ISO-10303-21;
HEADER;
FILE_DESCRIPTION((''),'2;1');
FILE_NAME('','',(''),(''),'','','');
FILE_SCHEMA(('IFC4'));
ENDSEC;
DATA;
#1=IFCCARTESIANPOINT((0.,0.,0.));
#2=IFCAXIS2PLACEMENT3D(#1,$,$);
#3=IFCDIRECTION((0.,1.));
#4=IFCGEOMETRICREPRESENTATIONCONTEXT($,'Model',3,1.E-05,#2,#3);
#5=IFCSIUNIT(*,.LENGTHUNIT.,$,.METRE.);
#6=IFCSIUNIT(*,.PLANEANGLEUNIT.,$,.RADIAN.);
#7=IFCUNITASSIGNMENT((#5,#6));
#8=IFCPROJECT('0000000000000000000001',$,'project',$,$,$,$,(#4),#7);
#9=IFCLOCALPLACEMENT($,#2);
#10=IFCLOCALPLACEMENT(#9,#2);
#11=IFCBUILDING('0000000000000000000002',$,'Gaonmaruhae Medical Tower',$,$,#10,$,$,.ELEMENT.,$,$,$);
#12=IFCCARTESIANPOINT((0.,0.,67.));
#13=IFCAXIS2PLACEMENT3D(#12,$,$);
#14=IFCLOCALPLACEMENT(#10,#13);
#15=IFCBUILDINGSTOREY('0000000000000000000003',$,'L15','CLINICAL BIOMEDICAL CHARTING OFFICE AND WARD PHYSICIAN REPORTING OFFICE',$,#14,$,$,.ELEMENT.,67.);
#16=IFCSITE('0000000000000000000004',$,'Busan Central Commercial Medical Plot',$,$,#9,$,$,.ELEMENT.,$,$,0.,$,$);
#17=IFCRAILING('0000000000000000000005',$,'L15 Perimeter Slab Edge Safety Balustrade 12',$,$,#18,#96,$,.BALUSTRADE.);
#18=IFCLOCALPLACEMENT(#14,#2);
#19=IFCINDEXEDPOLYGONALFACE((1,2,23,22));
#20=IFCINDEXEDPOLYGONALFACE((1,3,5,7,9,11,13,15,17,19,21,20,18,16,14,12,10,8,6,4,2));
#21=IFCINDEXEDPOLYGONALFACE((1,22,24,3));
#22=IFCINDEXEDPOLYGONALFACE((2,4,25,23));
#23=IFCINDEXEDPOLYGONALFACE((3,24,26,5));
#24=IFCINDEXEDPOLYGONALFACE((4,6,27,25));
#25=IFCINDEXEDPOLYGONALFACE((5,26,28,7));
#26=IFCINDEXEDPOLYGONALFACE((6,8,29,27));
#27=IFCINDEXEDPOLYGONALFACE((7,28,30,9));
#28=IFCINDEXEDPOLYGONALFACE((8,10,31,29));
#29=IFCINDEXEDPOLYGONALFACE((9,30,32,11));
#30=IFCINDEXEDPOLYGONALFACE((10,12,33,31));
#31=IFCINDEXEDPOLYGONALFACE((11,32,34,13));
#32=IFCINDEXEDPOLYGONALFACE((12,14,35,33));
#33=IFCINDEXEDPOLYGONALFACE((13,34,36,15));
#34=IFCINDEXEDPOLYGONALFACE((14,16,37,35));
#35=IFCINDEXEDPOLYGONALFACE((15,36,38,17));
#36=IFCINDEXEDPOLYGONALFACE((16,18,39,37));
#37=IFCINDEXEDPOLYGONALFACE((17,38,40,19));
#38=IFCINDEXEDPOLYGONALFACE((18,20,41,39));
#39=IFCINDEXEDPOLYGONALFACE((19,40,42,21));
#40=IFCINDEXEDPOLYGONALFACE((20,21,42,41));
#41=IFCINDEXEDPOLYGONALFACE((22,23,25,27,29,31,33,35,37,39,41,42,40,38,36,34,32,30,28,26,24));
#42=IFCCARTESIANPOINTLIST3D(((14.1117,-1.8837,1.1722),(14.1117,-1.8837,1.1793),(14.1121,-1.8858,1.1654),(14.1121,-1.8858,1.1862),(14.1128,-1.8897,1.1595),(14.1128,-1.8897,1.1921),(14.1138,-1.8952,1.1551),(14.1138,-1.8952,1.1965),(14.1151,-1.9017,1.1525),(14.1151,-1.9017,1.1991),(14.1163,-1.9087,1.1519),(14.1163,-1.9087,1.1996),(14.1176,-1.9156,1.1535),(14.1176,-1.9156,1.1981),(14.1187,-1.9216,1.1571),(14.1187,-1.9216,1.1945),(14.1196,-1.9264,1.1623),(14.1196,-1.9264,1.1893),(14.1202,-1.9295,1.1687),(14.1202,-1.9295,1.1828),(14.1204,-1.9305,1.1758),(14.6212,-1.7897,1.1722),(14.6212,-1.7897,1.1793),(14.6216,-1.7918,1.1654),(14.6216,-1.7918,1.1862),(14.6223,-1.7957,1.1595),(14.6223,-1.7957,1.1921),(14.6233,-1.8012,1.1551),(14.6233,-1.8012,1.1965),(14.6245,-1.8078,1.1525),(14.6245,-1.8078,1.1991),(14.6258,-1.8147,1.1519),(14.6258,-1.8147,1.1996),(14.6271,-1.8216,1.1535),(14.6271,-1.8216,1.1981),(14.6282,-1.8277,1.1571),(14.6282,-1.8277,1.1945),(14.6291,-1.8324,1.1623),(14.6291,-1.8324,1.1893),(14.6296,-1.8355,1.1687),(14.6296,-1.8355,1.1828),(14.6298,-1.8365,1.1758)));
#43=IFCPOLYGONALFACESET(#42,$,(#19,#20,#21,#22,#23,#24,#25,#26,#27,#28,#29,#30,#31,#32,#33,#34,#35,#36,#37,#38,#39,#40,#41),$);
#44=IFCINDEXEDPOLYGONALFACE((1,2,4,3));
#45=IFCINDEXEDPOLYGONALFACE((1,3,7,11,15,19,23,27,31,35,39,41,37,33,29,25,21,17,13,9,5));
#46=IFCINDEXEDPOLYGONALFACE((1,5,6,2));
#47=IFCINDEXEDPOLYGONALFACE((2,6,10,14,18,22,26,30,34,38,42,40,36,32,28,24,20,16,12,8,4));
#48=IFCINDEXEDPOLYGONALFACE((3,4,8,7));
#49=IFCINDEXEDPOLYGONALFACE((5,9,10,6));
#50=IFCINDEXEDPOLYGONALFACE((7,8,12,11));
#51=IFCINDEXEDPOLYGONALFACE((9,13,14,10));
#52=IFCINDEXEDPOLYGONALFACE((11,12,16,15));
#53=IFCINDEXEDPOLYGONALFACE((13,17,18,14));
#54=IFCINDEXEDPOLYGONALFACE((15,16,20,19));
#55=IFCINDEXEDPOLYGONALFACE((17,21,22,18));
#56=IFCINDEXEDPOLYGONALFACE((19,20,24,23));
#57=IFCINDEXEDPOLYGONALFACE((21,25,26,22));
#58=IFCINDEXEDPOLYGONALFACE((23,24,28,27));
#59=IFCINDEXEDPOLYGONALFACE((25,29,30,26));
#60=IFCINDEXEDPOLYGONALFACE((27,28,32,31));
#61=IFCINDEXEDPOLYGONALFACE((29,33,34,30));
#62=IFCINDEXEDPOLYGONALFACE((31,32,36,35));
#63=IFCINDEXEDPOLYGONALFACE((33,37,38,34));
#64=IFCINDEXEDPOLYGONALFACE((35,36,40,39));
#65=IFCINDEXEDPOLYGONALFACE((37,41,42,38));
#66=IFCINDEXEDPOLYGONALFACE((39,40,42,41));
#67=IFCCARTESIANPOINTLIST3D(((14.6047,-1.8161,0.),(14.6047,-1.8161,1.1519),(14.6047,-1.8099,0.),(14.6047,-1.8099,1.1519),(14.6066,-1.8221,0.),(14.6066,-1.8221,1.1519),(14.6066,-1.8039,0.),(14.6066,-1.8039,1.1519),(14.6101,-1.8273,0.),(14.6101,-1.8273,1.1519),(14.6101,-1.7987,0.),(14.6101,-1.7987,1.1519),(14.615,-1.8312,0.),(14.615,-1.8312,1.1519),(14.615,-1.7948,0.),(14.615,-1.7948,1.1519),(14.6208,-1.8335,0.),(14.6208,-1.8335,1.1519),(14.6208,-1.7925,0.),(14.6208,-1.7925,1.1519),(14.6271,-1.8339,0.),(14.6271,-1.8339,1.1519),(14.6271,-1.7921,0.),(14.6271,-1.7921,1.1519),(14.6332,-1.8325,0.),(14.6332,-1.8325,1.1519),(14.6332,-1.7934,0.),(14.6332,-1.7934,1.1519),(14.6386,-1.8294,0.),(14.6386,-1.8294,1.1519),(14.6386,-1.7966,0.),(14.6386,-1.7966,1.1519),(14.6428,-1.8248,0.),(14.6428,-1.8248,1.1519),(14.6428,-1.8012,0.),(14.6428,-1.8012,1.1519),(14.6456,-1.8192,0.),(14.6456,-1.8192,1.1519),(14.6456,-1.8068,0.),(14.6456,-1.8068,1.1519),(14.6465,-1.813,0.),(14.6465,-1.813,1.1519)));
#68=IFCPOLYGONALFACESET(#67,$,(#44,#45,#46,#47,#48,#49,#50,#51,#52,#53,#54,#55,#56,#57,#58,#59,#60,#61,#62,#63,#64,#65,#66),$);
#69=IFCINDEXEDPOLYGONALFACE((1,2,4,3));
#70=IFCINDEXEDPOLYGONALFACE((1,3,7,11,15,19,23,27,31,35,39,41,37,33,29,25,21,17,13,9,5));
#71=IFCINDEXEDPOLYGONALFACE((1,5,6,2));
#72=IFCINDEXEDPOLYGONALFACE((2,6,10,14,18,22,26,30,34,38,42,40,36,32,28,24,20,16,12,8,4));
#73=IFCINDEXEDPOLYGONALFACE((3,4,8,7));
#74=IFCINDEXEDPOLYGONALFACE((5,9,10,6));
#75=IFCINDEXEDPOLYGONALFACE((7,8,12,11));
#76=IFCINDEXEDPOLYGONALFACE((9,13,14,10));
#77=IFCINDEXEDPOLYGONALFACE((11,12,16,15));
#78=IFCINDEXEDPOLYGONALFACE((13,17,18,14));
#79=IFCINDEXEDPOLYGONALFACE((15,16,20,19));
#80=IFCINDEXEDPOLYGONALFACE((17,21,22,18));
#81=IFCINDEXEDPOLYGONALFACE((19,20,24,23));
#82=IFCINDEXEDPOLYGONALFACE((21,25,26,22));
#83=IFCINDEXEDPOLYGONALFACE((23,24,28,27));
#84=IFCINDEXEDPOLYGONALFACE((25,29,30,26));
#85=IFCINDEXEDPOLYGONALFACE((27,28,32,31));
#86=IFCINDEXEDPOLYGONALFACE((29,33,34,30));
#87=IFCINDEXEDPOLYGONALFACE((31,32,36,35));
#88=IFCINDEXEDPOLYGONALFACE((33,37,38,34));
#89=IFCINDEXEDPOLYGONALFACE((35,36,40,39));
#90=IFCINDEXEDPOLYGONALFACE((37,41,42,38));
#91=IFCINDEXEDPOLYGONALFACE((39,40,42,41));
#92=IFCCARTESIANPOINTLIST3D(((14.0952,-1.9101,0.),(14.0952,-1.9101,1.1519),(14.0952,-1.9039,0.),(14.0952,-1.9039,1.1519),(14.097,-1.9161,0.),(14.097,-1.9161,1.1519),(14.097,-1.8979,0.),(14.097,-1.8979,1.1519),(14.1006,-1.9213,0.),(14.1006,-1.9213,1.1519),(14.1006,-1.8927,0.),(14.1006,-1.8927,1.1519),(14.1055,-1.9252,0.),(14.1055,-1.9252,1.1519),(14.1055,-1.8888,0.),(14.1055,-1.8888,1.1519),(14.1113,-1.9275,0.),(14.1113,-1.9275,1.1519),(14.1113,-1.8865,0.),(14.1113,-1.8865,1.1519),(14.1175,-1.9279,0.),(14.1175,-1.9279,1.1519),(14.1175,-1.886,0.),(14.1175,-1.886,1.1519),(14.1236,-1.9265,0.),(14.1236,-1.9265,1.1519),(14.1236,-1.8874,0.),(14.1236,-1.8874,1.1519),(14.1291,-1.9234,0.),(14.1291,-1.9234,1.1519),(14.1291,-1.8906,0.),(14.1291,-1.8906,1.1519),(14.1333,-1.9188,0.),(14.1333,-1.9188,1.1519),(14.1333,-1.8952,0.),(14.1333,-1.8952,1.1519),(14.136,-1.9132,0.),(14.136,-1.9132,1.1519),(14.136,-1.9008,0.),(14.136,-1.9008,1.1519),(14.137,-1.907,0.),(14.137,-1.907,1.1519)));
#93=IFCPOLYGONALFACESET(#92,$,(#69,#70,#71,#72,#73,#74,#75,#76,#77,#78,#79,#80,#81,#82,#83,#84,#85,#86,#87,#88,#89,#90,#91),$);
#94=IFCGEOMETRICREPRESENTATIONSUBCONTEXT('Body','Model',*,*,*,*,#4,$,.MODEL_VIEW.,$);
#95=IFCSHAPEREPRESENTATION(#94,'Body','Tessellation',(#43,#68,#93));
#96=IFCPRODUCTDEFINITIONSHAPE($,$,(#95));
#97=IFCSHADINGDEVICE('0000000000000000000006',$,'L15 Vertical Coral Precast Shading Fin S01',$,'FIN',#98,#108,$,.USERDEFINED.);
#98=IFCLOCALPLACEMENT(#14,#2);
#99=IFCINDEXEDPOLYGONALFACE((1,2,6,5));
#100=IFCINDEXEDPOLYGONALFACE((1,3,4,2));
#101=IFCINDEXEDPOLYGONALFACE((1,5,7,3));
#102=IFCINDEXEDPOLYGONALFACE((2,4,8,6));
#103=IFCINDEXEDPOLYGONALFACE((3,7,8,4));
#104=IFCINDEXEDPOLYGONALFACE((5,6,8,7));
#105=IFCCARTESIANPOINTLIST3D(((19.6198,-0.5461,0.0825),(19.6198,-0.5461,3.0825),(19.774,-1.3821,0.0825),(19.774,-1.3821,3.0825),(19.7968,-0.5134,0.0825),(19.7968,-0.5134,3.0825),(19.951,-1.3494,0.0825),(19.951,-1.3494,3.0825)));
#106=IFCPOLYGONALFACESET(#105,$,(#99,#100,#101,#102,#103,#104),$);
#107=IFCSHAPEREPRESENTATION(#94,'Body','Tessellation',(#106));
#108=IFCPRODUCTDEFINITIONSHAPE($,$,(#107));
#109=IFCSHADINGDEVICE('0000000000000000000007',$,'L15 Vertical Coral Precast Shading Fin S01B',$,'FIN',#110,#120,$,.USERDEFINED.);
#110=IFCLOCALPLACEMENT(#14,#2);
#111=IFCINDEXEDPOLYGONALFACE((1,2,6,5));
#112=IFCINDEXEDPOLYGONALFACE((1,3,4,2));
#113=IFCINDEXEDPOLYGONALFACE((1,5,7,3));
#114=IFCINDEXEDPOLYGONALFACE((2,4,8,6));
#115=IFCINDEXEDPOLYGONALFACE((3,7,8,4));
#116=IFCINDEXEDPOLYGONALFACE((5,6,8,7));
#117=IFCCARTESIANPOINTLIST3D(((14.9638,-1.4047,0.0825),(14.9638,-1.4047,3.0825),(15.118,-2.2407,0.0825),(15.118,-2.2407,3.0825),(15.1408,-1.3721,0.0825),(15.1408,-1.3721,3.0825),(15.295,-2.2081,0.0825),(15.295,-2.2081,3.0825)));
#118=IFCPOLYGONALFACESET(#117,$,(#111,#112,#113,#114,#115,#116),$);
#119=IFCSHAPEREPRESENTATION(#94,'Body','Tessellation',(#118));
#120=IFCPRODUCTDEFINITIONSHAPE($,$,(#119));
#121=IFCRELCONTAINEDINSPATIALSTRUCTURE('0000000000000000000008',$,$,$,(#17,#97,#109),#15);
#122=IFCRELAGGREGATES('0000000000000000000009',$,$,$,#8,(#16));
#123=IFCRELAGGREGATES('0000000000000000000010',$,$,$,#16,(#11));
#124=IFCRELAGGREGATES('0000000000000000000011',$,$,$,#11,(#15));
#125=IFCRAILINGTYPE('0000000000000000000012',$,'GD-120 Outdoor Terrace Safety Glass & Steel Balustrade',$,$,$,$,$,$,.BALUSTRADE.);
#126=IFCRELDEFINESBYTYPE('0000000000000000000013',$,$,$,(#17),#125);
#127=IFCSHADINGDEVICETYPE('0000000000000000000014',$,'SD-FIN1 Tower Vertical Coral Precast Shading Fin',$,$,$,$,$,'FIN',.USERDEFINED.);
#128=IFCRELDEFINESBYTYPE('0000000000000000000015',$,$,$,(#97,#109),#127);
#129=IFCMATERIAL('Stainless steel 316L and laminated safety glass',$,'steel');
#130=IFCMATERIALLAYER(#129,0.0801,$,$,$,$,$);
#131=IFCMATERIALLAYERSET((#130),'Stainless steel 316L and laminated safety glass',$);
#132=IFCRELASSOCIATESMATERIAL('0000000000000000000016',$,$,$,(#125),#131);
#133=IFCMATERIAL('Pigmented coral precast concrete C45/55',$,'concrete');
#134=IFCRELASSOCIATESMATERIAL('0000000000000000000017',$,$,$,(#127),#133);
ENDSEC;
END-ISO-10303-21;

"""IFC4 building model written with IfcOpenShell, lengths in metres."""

from ifc_helpers import new_model, si_unit, direction, frame, origin, origin_2d, place, context, subcontext, project, spatial, rectangle, circle, extrude, material, layer, layer_set, type_object, element, save


model = new_model("IFC4")

# Units and contexts
model_context = context("Model", 3, precision=1e-05, world=origin(), true_north=direction((0.0, 1.0)))
body_context = subcontext(model_context, "Body", "Model", "MODEL_VIEW")
ifc_project = project(units=[si_unit("LENGTHUNIT", "METRE"), si_unit("PLANEANGLEUNIT", "RADIAN")], contexts=[model_context])

# Site, building, storey
site_placement = place(None, origin())
site = spatial("IfcSite", under=ifc_project, at=site_placement, Name="Busan Central Commercial Medical Plot", CompositionType="ELEMENT", RefElevation=0.0)
building_placement = place(site_placement, origin())
building = spatial("IfcBuilding", under=site, at=building_placement, Name="Gaonmaruhae Medical Tower", CompositionType="ELEMENT")
storey_placement = place(building_placement, frame((0.0, 0.0, 67.0)))
storey = spatial("IfcBuildingStorey", under=building, at=storey_placement, Name="L15", Description="CLINICAL BIOMEDICAL CHARTING OFFICE AND WARD PHYSICIAN REPORTING OFFICE", CompositionType="ELEMENT", Elevation=67.0)

# Railing
ifc_material_1 = material(Name="Stainless steel 316L and laminated safety glass", Category="steel")
ifc_layer_1 = layer(ifc_material_1, 0.0801)
ifc_layer_set_1 = layer_set([ifc_layer_1], Name="Stainless steel 316L and laminated safety glass")
railing_type_1 = type_object("IfcRailingType", Name="GD-120 Outdoor Terrace Safety Glass & Steel Balustrade", PredefinedType="BALUSTRADE", material=ifc_layer_set_1)
railing_1_placement = place(storey_placement, frame((14.6255, -1.813, 0.0)))
element("IfcRailing", 1, at=railing_1_placement, inside=storey, type_object=railing_type_1, Name="L15 Perimeter Slab Edge Safety Balustrade 12", PredefinedType="BALUSTRADE", context=body_context, shape_type="SweptSolid", body=[
    extrude(circle(Radius=0.0239, at=origin_2d()), frame((0.0, 0.0, 1.1758), z_axis=(-0.983407, -0.181414, 0.0), x_axis=(0.181414, -0.983407, 0.0)), (0.0, 0.0, 1.0), 0.5181),
    extrude(circle(Radius=0.021, at=origin_2d()), origin(), (0.0, 0.0, 1.0), 1.1519),
    extrude(circle(Radius=0.021, at=origin_2d()), frame((-0.5095, -0.094, 0.0)), (0.0, 0.0, 1.0), 1.1519),
])

# Shading devices
ifc_material_2 = material(Name="Pigmented coral precast concrete C45/55", Category="concrete")
shading_device_type = type_object("IfcShadingDeviceType", Name="SD-FIN1 Tower Vertical Coral Precast Shading Fin", ElementType="FIN", PredefinedType="USERDEFINED", material=ifc_material_2)
for number, where, z_axis, x_axis, name in (
    (2, (19.7854, -0.9478, 0.0825), (0.0, 0.0, 1.0), (-0.983414, -0.181377, 0.0), "L15 Vertical Coral Precast Shading Fin S01"),
    (3, (15.1294, -1.8064, 0.0825), (0.0, 0.0, 1.0), (-0.983414, -0.181377, 0.0), "L15 Vertical Coral Precast Shading Fin S01B"),
):
    element("IfcShadingDevice", number, at=place(storey_placement, frame(where, z_axis=z_axis, x_axis=x_axis)), inside=storey, type_object=shading_device_type, Name=name, ObjectType="FIN", PredefinedType="USERDEFINED", context=body_context, shape_type="SweptSolid", body=[
        extrude(rectangle(XDim=0.1799, YDim=0.8501, at=origin_2d()), origin(), (0.0, 0.0, 1.0), 3.0),
    ])

save(model, "model.ifc")
